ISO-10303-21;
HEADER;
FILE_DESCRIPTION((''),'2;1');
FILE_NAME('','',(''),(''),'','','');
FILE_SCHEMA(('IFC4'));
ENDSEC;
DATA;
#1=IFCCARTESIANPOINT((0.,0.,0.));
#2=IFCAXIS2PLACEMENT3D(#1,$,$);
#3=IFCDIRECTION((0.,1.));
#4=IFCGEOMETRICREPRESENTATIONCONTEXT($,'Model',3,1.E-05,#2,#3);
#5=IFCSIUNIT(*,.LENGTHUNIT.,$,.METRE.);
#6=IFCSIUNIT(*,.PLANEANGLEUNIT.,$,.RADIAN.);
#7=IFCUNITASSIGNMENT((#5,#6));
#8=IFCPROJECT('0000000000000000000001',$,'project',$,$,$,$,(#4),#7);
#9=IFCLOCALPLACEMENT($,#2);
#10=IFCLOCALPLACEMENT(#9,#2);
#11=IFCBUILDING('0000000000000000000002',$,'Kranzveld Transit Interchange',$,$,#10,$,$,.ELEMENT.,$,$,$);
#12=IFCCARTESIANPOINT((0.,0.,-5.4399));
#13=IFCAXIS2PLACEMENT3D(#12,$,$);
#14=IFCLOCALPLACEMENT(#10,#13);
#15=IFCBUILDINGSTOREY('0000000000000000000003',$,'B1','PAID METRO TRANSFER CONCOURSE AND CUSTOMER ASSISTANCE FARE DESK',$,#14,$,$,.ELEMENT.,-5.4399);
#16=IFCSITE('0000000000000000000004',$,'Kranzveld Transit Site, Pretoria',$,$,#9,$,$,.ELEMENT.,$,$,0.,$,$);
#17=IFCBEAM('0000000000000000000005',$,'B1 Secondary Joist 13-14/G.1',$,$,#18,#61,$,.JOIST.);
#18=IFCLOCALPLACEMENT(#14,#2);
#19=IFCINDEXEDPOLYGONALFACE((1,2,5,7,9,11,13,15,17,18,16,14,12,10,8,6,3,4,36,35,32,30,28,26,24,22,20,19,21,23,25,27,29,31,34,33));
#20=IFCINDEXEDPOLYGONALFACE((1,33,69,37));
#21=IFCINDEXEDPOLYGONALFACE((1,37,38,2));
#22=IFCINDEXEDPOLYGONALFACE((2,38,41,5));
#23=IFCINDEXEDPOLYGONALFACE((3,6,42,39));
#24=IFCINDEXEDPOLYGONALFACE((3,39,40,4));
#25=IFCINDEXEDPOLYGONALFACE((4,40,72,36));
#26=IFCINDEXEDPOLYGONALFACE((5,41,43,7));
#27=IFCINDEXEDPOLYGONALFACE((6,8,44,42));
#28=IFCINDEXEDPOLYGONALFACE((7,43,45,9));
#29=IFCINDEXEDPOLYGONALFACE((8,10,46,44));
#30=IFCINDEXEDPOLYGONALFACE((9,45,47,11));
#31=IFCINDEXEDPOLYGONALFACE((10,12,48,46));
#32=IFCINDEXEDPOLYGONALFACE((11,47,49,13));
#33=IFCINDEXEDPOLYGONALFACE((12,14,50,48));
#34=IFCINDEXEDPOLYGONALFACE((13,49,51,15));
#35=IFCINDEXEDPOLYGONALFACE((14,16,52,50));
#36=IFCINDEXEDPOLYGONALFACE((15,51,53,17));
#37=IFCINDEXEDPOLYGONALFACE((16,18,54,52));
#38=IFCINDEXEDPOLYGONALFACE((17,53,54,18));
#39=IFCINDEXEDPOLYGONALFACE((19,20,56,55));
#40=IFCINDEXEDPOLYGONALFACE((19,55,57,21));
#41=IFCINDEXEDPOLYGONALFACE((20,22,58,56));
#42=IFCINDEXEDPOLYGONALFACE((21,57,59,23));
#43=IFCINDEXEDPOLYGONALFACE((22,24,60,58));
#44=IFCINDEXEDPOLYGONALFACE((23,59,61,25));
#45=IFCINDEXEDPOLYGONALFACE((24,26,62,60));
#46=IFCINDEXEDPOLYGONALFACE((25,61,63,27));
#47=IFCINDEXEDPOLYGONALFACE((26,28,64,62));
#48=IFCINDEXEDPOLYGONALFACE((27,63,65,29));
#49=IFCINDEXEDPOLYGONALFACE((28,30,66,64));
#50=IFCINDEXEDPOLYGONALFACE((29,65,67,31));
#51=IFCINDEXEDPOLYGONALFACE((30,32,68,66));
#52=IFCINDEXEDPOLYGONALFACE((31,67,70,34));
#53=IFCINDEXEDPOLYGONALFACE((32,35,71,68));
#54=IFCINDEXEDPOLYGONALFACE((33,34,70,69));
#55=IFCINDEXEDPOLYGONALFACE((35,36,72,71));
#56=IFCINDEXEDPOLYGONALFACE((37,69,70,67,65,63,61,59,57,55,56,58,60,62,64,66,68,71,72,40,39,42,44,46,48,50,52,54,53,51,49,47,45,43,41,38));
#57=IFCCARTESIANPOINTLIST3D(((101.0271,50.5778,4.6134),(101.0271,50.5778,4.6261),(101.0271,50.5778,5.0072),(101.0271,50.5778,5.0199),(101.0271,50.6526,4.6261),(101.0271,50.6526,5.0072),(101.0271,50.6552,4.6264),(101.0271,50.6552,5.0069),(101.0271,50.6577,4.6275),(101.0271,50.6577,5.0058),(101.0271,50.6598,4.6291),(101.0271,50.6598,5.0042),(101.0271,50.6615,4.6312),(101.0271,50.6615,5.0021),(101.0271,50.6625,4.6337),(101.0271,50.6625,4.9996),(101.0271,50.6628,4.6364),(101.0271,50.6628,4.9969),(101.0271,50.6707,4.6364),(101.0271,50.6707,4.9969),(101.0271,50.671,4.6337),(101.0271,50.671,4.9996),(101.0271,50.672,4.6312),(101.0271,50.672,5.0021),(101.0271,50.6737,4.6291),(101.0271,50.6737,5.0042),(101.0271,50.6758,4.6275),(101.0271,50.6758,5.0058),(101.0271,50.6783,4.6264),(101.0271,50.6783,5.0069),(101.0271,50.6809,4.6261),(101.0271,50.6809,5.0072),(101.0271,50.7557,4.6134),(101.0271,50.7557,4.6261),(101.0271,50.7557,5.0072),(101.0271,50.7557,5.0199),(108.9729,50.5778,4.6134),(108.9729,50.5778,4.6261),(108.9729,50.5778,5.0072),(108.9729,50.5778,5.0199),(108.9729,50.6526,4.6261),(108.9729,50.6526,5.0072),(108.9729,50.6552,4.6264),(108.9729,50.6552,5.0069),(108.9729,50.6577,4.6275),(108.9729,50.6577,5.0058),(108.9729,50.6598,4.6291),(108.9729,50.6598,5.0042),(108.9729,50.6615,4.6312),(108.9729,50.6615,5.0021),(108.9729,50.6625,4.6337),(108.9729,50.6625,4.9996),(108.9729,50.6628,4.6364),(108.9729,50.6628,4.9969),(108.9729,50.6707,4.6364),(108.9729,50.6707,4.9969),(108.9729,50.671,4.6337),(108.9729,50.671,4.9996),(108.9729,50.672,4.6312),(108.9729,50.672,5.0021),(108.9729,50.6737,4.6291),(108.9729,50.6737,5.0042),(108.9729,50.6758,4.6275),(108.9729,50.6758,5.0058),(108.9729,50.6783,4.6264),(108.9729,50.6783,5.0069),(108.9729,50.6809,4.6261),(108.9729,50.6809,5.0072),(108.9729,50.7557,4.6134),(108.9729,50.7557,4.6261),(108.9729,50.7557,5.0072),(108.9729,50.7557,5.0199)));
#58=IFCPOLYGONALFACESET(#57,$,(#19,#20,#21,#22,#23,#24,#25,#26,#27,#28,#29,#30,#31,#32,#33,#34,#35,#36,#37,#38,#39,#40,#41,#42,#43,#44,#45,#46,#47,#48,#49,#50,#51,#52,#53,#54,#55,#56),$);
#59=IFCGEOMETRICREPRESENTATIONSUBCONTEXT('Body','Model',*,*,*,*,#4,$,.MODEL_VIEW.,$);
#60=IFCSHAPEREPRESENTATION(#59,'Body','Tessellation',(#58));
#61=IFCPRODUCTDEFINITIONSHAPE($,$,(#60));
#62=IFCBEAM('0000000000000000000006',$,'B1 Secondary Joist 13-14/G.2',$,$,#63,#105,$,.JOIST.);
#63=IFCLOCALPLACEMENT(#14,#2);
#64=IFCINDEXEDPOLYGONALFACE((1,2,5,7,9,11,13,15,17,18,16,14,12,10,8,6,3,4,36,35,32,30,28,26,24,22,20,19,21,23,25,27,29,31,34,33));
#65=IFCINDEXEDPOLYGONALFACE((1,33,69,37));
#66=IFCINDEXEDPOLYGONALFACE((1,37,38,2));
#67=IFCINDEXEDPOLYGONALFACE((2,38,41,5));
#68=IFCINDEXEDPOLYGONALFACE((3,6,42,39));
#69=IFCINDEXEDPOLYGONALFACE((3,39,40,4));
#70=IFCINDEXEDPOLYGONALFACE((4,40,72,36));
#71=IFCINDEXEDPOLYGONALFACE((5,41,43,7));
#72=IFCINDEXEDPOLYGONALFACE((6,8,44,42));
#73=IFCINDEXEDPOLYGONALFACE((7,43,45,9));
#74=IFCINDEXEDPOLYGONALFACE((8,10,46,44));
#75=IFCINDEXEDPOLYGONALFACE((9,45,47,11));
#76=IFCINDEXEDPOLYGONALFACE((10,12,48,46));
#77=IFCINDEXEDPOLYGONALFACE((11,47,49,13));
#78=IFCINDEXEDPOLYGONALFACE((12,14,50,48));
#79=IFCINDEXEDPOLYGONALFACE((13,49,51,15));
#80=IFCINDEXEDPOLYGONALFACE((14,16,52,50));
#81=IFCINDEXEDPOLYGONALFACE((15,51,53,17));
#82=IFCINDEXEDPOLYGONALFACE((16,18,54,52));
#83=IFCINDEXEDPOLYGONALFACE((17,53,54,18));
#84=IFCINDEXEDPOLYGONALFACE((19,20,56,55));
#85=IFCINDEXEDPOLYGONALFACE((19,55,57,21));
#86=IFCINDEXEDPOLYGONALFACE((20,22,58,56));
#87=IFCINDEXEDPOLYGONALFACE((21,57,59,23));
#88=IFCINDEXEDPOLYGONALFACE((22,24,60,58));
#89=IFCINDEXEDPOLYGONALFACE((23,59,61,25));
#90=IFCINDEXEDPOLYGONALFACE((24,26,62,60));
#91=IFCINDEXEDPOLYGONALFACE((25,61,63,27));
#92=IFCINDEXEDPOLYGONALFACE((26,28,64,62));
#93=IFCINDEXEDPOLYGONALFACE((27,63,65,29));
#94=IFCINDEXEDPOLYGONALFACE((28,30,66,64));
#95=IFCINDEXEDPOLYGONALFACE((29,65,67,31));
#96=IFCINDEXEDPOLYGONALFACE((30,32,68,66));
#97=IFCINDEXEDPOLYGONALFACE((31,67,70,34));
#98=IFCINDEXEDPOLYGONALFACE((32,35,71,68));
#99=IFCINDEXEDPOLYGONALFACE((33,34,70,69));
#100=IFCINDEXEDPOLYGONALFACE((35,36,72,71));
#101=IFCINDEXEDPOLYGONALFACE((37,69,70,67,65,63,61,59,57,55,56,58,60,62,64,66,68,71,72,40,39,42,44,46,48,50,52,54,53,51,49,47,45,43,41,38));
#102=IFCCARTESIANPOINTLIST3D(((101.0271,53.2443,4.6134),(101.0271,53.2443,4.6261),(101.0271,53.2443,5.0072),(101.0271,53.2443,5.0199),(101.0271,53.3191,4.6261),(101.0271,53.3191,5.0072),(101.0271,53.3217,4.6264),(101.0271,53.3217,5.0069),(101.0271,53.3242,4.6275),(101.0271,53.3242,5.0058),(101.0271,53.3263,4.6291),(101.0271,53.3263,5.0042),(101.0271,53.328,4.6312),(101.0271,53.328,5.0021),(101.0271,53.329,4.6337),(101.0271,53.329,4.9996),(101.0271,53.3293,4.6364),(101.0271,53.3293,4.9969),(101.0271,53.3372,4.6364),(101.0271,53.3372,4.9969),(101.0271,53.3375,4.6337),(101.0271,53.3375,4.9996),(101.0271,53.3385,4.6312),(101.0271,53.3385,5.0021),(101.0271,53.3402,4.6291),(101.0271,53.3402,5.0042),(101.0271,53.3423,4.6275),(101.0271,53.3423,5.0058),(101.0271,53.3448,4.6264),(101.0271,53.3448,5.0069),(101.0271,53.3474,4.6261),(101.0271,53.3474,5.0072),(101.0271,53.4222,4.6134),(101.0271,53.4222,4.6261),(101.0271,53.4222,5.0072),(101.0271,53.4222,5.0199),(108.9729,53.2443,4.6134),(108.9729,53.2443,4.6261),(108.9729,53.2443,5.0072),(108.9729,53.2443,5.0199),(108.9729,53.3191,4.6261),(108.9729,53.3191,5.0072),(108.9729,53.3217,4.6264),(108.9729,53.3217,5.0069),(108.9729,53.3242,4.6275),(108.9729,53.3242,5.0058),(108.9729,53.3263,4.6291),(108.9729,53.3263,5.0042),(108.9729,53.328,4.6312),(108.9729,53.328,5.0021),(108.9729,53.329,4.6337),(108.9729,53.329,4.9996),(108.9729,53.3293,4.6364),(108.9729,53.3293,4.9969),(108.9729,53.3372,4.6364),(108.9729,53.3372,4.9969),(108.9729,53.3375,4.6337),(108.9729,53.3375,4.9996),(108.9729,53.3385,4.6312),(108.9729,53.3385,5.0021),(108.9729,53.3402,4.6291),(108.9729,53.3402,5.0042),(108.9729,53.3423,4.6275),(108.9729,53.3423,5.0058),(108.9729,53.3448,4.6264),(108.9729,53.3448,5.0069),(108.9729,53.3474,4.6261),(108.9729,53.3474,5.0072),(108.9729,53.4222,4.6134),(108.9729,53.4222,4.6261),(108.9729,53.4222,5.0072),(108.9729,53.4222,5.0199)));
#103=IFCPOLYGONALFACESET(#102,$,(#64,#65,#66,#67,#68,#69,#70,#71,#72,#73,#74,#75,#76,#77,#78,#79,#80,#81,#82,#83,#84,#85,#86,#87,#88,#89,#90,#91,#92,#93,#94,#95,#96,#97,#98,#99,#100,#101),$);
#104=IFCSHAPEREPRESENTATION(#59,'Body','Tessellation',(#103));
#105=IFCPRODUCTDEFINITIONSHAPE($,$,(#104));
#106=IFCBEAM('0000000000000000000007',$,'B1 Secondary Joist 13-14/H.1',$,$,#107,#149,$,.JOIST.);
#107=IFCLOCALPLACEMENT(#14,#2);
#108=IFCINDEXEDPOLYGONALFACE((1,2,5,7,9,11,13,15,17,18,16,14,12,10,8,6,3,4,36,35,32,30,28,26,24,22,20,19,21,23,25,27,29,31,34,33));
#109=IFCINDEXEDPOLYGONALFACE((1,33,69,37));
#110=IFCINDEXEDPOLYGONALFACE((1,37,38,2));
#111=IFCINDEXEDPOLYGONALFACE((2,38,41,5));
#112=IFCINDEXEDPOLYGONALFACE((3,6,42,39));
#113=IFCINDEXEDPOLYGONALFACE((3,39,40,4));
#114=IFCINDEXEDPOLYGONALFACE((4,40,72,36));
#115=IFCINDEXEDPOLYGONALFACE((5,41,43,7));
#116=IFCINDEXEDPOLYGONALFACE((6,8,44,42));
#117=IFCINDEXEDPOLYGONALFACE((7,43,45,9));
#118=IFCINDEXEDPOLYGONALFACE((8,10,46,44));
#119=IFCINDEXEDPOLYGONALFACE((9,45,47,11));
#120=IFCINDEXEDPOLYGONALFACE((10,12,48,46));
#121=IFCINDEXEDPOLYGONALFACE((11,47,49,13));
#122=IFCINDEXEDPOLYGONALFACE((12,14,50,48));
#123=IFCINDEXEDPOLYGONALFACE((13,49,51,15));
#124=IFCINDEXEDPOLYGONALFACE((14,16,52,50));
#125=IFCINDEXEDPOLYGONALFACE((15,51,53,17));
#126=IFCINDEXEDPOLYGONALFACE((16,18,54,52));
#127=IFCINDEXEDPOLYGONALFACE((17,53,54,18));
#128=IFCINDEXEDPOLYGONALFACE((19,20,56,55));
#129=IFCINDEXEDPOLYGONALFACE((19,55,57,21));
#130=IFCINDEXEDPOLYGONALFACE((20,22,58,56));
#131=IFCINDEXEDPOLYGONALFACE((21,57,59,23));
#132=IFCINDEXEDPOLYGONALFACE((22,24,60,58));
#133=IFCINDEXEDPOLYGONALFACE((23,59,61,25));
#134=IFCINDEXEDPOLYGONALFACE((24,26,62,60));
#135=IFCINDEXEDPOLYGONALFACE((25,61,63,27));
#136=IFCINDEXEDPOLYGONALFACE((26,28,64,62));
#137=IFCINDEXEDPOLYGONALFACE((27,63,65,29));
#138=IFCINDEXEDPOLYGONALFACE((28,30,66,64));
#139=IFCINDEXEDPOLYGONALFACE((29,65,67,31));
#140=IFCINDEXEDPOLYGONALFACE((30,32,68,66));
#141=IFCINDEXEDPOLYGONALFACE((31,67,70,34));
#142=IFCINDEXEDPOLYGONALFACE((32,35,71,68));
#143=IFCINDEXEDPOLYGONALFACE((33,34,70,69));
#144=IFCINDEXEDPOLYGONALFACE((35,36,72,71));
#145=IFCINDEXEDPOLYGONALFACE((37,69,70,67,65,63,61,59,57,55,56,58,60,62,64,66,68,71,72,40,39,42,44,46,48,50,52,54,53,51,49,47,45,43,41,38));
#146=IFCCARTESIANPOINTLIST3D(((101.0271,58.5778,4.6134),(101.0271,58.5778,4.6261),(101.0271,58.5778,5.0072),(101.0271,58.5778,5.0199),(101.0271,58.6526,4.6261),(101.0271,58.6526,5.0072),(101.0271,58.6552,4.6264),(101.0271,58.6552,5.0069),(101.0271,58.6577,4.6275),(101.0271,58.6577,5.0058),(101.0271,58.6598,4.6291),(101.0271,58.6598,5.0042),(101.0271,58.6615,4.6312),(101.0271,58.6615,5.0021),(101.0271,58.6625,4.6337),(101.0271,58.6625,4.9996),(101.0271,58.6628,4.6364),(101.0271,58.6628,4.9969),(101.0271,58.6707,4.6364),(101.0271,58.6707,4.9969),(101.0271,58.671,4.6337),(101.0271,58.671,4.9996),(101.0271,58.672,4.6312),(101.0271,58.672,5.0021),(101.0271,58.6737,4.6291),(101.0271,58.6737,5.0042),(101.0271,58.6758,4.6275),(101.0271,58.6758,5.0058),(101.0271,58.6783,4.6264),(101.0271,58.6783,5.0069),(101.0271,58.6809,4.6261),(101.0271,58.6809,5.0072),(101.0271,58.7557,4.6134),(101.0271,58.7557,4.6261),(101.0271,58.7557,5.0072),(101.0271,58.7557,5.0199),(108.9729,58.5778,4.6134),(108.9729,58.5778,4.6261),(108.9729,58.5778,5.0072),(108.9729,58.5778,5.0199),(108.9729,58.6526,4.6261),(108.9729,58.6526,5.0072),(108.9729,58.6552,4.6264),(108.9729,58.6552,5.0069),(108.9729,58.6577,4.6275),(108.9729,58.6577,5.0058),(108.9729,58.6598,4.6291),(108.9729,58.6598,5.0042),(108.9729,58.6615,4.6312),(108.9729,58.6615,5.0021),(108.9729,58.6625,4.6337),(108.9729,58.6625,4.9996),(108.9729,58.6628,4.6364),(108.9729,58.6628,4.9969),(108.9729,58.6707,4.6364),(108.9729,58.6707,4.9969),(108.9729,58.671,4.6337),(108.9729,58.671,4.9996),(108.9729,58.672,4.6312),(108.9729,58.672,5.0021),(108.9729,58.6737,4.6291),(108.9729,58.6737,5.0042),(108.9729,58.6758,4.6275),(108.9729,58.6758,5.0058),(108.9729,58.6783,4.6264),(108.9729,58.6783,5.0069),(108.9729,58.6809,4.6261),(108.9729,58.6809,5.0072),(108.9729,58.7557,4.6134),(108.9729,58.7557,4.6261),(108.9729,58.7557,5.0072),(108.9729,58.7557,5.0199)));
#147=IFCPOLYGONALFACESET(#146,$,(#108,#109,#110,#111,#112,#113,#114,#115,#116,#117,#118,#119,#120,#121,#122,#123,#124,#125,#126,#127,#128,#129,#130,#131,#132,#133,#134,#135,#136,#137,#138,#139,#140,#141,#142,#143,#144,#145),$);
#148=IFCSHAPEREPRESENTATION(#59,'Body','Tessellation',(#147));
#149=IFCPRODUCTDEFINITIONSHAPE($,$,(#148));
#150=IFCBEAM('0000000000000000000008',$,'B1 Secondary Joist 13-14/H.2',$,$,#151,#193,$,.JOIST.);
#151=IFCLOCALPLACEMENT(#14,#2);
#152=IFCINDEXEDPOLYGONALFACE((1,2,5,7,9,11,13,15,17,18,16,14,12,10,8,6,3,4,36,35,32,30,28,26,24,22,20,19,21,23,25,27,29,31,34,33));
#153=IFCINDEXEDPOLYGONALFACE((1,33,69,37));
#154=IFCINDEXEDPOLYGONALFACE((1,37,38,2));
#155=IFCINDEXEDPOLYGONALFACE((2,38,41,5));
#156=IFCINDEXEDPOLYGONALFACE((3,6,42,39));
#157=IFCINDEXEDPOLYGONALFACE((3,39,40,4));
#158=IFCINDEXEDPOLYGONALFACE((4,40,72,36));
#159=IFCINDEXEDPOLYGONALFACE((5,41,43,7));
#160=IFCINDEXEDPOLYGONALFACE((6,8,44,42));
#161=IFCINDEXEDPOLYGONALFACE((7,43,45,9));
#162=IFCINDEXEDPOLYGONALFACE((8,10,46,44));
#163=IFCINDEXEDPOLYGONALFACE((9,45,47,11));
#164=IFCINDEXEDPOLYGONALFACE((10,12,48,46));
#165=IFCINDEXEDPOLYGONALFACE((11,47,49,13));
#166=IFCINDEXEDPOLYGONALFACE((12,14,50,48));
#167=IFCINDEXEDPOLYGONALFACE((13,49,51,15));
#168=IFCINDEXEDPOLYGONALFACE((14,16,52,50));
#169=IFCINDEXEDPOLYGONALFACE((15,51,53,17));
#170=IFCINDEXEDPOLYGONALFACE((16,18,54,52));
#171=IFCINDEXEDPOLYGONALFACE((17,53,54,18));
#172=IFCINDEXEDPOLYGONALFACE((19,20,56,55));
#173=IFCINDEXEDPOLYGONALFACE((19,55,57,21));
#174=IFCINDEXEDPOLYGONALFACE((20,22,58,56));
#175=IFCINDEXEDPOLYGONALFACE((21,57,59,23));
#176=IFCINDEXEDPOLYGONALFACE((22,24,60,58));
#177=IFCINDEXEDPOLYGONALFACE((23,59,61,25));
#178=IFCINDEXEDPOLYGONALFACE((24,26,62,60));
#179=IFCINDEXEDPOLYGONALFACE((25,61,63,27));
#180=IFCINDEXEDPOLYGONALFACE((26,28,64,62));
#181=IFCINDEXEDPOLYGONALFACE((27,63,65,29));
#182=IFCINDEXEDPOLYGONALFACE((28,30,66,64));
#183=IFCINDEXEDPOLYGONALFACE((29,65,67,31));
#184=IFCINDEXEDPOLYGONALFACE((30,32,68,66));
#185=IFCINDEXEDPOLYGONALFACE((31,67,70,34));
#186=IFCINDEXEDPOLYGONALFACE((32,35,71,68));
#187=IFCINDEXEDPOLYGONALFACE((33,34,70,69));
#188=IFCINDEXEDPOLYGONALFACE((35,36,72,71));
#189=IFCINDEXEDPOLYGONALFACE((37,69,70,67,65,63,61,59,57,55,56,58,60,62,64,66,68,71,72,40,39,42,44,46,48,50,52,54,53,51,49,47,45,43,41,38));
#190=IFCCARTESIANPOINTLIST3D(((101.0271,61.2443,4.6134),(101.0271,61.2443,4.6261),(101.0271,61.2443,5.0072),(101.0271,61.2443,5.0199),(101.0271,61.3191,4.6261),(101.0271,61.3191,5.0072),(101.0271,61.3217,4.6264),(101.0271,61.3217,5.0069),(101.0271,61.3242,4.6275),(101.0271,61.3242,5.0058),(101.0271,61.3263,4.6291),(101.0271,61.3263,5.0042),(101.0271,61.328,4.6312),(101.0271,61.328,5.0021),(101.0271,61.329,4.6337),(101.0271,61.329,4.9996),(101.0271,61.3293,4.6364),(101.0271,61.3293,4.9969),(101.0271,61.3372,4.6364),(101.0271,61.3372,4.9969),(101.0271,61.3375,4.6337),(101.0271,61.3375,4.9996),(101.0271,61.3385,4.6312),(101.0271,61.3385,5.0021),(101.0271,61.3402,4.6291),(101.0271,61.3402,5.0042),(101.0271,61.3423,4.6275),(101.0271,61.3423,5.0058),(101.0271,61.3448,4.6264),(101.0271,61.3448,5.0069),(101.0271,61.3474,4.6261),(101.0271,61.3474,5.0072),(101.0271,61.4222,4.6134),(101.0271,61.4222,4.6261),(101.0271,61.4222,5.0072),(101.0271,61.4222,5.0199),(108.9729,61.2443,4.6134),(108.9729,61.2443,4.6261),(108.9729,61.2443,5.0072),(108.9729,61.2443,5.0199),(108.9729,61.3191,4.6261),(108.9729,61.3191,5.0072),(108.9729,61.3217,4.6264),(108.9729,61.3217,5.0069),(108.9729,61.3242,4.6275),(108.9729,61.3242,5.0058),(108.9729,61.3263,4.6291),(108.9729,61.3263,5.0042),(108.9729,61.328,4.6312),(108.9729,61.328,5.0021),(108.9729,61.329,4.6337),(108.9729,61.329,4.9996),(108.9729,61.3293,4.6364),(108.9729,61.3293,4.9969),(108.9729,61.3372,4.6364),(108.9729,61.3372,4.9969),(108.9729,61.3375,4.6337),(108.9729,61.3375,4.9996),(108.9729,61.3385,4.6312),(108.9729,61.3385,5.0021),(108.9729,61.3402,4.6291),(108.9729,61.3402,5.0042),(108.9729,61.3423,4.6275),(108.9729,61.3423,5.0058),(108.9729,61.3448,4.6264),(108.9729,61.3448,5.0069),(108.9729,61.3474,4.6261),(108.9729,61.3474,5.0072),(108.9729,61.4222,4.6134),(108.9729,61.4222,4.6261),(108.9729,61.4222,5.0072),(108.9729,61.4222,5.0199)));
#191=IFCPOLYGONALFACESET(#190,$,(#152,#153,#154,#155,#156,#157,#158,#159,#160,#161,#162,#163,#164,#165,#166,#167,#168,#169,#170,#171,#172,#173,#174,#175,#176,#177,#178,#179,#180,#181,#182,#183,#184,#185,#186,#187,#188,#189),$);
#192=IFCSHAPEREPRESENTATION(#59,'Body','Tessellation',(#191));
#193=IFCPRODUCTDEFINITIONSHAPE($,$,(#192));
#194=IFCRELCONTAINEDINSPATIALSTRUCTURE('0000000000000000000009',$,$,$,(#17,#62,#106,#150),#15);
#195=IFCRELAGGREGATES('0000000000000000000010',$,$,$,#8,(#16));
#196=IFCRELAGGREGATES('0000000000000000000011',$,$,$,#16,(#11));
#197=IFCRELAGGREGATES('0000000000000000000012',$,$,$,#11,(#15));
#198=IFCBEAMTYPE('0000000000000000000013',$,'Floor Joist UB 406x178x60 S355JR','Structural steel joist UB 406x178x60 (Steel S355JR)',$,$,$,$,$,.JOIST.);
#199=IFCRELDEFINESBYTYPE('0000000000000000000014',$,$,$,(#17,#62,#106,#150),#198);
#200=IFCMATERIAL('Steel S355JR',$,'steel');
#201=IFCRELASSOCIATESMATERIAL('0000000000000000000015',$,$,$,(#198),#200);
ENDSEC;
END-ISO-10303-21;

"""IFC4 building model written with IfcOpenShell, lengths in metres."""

from ifc_helpers import new_model, si_unit, direction, frame, origin, origin_2d, place, context, subcontext, project, spatial, i_section, extrude, material, material_profile, profile_set, type_object, element, save


model = new_model("IFC4")

# Units and contexts
model_context = context("Model", 3, precision=1e-05, world=origin(), true_north=direction((0.0, 1.0)))
body_context = subcontext(model_context, "Body", "Model", "MODEL_VIEW")
ifc_project = project(units=[si_unit("LENGTHUNIT", "METRE"), si_unit("PLANEANGLEUNIT", "RADIAN")], contexts=[model_context])

# Site, building, storey
site_placement = place(None, origin())
site = spatial("IfcSite", under=ifc_project, at=site_placement, Name="Kranzveld Transit Site, Pretoria", CompositionType="ELEMENT", RefElevation=0.0)
building_placement = place(site_placement, origin())
building = spatial("IfcBuilding", under=site, at=building_placement, Name="Kranzveld Transit Interchange", CompositionType="ELEMENT")
storey_placement = place(building_placement, frame((0.0, 0.0, -5.4399)))
storey = spatial("IfcBuildingStorey", under=building, at=storey_placement, Name="B1", Description="PAID METRO TRANSFER CONCOURSE AND CUSTOMER ASSISTANCE FARE DESK", CompositionType="ELEMENT", Elevation=-5.4399)

# Beams
ifc_material_1 = material(Name="Steel S355JR", Category="steel")
ifc_material_profile_1 = material_profile(ifc_material_1, i_section(OverallWidth=0.178, OverallDepth=0.4065, WebThickness=0.0078, FlangeThickness=0.0127, FilletRadius=0.0103, at=origin_2d()), Name="UB 406x178x60")
ifc_profile_set_1 = profile_set([ifc_material_profile_1], Name="Steel S355JR")
beam_type_1 = type_object("IfcBeamType", Name="Floor Joist UB 406x178x60 S355JR", Description="Structural steel joist UB 406x178x60 (Steel S355JR)", PredefinedType="JOIST", material=ifc_profile_set_1)
for number, where, z_axis, x_axis, name in (
    (1, (101.0271, 50.6667, 4.8167), (1.0, 0.0, 0.0), (0.0, 1.0, 0.0), "B1 Secondary Joist 13-14/G.1"),
    (2, (101.0271, 53.3333, 4.8167), (1.0, 0.0, 0.0), (0.0, 1.0, 0.0), "B1 Secondary Joist 13-14/G.2"),
    (3, (101.0271, 58.6667, 4.8167), (1.0, 0.0, 0.0), (0.0, 1.0, 0.0), "B1 Secondary Joist 13-14/H.1"),
    (4, (101.0271, 61.3333, 4.8167), (1.0, 0.0, 0.0), (0.0, 1.0, 0.0), "B1 Secondary Joist 13-14/H.2"),
):
    element("IfcBeam", number, at=place(storey_placement, frame(where, z_axis=z_axis, x_axis=x_axis)), inside=storey, type_object=beam_type_1, Name=name, PredefinedType="JOIST", context=body_context, shape_type="SweptSolid", body=[
        extrude(i_section(OverallWidth=0.178, OverallDepth=0.4065, WebThickness=0.0078, FlangeThickness=0.0127, FilletRadius=0.0103, at=origin_2d()), origin(), (0.0, 0.0, 1.0), 7.9458),
    ])

save(model, "model.ifc")
